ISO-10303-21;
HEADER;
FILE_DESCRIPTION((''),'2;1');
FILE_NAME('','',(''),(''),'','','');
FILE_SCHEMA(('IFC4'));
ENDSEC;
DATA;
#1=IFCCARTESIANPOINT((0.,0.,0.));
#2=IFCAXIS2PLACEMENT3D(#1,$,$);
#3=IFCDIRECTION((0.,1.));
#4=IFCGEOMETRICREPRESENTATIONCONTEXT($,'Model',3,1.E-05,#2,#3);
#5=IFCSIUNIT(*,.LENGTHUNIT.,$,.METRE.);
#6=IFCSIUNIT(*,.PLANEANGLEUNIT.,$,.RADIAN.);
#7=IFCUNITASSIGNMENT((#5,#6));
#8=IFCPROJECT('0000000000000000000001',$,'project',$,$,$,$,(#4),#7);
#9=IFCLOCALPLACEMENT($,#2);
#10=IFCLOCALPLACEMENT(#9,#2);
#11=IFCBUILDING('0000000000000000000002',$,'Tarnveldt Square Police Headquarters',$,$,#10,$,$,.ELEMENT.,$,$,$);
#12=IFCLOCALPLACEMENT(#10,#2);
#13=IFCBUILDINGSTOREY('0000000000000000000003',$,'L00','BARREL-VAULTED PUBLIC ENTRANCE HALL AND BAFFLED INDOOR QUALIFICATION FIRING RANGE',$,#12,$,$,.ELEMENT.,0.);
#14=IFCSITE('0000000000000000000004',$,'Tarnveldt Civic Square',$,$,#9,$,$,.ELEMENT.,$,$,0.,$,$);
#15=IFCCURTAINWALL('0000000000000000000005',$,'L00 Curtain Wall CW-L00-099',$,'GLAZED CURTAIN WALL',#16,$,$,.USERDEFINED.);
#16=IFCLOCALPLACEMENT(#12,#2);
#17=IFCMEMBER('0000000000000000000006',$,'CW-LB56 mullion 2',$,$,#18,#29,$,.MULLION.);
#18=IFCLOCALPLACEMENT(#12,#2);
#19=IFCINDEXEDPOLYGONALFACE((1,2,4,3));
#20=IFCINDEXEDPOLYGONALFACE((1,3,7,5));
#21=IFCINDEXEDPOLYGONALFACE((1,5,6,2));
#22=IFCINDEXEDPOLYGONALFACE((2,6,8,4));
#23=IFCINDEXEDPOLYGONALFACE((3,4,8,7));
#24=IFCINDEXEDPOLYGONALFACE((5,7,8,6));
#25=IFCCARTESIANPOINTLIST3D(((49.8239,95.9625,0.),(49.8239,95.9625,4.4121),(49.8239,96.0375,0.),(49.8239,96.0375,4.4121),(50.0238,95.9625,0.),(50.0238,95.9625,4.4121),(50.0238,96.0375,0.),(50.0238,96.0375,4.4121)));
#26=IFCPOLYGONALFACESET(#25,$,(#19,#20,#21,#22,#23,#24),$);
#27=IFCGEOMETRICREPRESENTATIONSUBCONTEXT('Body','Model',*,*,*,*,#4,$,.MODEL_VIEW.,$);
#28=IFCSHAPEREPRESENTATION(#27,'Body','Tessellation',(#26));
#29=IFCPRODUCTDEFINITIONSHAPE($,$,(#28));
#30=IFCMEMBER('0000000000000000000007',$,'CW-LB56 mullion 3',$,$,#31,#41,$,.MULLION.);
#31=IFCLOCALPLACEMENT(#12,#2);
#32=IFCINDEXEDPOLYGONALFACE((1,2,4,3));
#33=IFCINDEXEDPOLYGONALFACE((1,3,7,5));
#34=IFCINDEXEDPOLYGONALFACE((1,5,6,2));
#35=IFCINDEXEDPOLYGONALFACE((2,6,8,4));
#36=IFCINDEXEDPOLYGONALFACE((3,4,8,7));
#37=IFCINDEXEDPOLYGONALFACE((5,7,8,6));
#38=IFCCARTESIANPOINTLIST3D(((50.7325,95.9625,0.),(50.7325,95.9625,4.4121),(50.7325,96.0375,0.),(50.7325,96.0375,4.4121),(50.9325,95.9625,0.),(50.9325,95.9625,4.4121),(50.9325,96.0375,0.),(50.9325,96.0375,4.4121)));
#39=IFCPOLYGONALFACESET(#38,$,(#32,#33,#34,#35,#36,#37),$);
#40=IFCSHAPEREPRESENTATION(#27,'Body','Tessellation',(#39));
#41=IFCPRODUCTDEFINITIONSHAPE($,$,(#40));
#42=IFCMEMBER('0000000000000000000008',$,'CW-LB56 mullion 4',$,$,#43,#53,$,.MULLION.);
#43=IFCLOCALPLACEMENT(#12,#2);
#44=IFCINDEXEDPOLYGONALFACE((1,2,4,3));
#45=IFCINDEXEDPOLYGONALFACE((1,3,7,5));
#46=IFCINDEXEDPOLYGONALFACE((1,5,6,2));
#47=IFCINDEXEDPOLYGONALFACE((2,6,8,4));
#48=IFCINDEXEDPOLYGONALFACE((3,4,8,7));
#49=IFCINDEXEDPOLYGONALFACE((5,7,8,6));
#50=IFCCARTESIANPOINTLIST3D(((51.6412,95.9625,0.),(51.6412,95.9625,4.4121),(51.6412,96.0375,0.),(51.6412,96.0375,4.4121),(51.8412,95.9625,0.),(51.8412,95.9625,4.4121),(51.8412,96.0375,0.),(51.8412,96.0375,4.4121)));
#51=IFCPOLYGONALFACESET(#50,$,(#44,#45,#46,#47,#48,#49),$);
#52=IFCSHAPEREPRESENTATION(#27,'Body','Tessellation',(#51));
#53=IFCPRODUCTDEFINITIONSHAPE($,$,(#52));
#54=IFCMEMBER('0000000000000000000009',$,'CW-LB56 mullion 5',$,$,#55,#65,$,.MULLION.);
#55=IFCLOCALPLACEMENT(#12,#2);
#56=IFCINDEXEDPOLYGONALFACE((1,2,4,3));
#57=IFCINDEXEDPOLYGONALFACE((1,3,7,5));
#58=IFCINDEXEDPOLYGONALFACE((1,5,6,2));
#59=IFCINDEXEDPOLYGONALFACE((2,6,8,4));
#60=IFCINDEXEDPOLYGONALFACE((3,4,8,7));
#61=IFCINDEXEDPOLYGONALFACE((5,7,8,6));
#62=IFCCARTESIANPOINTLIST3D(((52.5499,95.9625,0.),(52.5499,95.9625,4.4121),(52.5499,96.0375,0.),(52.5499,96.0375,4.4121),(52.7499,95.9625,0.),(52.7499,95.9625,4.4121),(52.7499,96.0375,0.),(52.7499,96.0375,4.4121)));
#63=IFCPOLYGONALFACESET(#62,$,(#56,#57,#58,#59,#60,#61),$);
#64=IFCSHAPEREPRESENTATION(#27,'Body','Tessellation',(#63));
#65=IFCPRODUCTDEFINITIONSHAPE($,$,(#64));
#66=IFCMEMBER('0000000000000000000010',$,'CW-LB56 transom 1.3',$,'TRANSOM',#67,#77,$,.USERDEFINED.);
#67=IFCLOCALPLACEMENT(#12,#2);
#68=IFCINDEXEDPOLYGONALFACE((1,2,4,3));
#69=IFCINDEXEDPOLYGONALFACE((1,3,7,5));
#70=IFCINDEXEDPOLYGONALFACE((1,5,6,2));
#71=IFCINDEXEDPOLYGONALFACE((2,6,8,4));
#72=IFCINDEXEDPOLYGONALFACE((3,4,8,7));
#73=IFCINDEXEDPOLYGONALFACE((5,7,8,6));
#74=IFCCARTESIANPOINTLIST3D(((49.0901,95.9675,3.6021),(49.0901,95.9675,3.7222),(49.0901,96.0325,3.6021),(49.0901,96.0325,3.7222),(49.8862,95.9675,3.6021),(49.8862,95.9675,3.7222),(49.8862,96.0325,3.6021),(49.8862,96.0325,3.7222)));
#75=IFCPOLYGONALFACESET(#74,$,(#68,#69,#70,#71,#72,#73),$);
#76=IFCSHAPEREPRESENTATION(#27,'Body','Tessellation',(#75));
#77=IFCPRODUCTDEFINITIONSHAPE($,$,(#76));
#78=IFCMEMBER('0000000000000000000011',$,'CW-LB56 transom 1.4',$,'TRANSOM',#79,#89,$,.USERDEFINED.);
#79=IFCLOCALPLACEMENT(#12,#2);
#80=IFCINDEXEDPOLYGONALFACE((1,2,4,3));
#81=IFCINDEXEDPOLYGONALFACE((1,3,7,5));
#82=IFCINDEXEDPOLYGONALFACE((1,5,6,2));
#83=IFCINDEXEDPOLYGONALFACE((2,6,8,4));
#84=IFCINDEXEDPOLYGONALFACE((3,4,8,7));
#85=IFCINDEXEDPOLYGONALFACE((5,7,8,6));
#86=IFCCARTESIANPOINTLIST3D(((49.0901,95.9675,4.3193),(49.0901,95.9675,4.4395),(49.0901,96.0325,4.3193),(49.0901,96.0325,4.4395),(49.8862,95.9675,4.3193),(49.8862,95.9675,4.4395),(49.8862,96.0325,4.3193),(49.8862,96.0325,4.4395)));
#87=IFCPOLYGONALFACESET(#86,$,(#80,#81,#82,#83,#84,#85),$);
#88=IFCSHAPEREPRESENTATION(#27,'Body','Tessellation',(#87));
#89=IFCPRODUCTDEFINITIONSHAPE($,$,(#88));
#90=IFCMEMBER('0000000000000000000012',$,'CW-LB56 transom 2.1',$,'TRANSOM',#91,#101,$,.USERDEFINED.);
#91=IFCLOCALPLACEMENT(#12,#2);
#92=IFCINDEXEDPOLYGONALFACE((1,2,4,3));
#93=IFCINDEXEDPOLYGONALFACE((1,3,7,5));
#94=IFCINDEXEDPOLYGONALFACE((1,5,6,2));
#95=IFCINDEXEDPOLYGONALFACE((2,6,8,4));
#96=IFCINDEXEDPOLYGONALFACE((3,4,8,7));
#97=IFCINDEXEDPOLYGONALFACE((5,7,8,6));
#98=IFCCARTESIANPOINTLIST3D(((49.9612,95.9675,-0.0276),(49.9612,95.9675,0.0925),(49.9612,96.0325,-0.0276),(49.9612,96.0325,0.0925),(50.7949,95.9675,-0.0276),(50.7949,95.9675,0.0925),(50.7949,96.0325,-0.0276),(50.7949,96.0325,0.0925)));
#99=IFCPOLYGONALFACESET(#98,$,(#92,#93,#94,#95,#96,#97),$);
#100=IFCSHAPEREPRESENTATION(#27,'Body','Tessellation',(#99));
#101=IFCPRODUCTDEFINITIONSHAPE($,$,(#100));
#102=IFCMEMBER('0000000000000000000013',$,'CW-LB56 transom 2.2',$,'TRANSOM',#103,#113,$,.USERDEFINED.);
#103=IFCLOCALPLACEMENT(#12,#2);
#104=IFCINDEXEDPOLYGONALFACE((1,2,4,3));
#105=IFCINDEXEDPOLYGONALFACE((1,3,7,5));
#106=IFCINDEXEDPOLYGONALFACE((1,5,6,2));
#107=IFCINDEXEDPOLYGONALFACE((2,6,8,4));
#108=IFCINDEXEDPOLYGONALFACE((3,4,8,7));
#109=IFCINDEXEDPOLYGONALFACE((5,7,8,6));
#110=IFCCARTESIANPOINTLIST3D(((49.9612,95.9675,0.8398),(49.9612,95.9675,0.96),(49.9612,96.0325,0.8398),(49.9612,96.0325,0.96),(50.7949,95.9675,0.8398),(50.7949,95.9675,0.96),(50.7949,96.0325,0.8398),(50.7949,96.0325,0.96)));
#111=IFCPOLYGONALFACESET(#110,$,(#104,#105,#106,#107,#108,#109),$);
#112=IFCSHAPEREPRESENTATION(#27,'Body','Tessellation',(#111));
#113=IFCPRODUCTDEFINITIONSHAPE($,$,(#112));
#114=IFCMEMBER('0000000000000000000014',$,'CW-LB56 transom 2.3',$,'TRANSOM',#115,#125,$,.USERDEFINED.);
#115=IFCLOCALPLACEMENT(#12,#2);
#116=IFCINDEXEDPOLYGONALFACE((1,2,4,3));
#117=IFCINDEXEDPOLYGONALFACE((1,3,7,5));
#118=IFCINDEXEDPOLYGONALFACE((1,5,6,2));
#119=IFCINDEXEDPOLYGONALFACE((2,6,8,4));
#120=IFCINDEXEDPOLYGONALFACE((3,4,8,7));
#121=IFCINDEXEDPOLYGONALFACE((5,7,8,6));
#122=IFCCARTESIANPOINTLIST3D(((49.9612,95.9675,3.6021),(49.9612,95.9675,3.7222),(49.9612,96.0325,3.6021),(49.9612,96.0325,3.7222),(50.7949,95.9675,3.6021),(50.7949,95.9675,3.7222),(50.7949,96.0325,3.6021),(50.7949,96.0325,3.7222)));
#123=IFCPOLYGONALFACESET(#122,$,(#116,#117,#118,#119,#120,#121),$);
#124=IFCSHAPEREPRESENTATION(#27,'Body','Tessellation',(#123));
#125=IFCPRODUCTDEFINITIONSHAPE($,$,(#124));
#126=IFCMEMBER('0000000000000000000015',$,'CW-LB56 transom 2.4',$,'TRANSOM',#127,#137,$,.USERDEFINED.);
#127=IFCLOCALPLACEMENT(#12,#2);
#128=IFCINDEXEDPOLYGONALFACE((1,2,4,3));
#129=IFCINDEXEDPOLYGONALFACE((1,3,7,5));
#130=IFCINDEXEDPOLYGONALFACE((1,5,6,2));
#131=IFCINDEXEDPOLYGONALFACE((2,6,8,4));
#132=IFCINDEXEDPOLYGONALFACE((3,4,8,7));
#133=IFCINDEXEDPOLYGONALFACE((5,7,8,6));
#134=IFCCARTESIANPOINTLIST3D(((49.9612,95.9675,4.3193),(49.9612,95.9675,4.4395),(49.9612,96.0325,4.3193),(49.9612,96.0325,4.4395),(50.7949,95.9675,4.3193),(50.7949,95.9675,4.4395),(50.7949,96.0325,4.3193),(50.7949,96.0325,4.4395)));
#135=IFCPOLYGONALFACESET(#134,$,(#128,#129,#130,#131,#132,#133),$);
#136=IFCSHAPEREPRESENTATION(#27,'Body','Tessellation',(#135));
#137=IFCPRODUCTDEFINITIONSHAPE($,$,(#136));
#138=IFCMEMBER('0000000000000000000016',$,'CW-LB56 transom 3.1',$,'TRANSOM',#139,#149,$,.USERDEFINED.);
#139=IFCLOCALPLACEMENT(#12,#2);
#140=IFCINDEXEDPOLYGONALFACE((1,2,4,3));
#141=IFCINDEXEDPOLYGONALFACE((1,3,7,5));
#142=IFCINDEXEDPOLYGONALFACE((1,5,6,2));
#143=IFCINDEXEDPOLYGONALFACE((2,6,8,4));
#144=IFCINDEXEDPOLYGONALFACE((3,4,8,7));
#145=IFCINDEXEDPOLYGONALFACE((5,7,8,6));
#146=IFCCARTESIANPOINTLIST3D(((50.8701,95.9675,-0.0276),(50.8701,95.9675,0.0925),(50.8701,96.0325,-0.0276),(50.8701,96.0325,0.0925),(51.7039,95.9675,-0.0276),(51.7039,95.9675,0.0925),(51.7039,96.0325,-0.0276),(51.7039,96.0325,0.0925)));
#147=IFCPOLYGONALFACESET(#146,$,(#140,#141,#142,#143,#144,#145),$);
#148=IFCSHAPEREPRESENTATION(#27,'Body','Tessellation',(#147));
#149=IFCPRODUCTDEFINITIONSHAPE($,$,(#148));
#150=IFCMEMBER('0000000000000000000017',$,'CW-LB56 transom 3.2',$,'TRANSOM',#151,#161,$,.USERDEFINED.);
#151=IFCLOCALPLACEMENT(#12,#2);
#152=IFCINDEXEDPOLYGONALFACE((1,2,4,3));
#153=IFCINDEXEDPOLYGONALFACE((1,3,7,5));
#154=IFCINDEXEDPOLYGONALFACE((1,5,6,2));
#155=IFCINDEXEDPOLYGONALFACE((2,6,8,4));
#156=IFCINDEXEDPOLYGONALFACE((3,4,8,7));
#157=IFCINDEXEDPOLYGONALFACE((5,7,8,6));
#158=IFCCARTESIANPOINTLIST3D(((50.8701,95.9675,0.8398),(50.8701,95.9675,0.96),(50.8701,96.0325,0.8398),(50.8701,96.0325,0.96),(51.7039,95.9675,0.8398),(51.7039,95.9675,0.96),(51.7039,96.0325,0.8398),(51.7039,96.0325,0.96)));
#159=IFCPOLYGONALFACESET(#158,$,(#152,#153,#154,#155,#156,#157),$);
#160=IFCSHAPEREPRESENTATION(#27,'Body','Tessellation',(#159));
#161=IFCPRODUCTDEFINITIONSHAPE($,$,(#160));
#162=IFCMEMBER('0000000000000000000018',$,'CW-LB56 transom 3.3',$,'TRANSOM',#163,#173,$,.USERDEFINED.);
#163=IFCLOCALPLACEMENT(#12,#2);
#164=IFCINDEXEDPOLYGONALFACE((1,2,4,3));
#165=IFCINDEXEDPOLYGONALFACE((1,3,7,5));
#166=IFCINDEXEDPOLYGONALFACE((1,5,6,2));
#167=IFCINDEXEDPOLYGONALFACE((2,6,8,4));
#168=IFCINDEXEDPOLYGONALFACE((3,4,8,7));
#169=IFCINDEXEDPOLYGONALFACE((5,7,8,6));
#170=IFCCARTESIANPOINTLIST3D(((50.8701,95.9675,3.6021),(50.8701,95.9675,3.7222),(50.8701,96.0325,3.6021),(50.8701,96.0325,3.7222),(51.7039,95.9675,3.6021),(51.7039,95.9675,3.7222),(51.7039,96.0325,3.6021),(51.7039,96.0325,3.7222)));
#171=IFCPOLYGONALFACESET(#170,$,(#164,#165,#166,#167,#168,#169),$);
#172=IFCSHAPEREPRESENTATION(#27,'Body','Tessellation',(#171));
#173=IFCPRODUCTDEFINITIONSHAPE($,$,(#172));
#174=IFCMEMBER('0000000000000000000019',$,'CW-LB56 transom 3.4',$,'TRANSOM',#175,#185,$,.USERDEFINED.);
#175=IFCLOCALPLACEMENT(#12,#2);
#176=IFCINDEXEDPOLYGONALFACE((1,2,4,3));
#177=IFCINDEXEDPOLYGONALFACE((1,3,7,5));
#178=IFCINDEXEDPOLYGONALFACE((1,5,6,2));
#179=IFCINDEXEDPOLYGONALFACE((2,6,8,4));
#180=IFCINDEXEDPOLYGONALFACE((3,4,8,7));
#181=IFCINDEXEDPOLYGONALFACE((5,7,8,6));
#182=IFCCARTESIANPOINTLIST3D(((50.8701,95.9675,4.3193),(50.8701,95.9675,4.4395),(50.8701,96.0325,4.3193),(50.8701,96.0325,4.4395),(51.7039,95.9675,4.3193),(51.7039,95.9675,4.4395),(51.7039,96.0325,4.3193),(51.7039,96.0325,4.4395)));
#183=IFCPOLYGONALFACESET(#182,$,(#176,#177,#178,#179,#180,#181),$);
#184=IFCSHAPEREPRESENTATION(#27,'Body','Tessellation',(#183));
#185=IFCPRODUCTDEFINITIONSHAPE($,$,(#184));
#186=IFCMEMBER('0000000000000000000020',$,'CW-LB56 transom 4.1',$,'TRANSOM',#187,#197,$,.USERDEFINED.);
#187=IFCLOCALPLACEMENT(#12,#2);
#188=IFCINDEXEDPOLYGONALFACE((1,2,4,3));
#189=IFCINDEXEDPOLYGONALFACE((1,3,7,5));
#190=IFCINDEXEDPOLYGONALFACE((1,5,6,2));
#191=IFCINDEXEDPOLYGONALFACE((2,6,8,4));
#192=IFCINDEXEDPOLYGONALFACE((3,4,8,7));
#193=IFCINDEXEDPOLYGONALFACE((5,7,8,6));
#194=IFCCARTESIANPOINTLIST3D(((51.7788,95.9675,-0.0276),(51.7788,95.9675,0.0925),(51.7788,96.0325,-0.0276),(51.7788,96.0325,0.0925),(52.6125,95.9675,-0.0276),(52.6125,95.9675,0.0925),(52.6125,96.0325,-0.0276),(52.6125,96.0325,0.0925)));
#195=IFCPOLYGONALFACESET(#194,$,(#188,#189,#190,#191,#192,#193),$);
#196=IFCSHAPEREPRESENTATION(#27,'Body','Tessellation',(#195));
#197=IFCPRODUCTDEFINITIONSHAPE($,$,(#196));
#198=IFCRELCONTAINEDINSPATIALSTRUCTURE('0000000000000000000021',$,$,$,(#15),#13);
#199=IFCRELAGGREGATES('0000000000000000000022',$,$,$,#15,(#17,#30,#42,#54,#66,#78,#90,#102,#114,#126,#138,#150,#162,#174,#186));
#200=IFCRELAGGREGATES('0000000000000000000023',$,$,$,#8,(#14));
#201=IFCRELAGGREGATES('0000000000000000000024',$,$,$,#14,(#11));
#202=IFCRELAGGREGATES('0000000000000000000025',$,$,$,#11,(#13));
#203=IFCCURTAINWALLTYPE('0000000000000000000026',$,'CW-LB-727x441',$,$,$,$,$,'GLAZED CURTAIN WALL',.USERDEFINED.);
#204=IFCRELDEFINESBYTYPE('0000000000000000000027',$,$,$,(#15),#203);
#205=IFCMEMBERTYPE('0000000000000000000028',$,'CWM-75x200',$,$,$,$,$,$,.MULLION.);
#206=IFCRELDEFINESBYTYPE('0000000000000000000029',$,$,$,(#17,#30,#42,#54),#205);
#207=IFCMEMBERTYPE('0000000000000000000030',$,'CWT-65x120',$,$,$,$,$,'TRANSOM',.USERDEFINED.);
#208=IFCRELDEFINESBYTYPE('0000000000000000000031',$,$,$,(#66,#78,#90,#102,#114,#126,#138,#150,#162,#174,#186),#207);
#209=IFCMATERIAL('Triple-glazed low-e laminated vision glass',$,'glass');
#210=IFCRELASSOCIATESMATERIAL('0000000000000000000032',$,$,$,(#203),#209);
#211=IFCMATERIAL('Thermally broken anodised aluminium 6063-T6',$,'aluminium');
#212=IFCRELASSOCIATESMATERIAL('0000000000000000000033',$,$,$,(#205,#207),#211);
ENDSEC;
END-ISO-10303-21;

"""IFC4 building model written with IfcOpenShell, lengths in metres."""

from ifc_helpers import new_model, si_unit, direction, frame, origin, origin_2d, place, context, subcontext, project, spatial, rectangle, extrude, material, material_profile, profile_set, type_object, element, aggregate, save


model = new_model("IFC4")

# Units and contexts
model_context = context("Model", 3, precision=1e-05, world=origin(), true_north=direction((0.0, 1.0)))
body_context = subcontext(model_context, "Body", "Model", "MODEL_VIEW")
ifc_project = project(units=[si_unit("LENGTHUNIT", "METRE"), si_unit("PLANEANGLEUNIT", "RADIAN")], contexts=[model_context])

# Site, building, storey
site_placement = place(None, origin())
site = spatial("IfcSite", under=ifc_project, at=site_placement, Name="Tarnveldt Civic Square", CompositionType="ELEMENT", RefElevation=0.0)
building_placement = place(site_placement, origin())
building = spatial("IfcBuilding", under=site, at=building_placement, Name="Tarnveldt Square Police Headquarters", CompositionType="ELEMENT")
storey_placement = place(building_placement, origin())
storey = spatial("IfcBuildingStorey", under=building, at=storey_placement, Name="L00", Description="BARREL-VAULTED PUBLIC ENTRANCE HALL AND BAFFLED INDOOR QUALIFICATION FIRING RANGE", CompositionType="ELEMENT", Elevation=0.0)

# Curtain wall, members
ifc_material_1 = material(Name="Triple-glazed low-e laminated vision glass", Category="glass")
curtain_wall_type = type_object("IfcCurtainWallType", Name="CW-LB-727x441", ElementType="GLAZED CURTAIN WALL", PredefinedType="USERDEFINED", material=ifc_material_1)
curtain_wall_placement = place(storey_placement, origin())
curtain_wall = element("IfcCurtainWall", 1, at=curtain_wall_placement, inside=storey, type_object=curtain_wall_type, Name="L00 Curtain Wall CW-L00-099", ObjectType="GLAZED CURTAIN WALL", PredefinedType="USERDEFINED")
ifc_material_2 = material(Name="Thermally broken anodised aluminium 6063-T6", Category="aluminium")
ifc_material_profile_1 = material_profile(ifc_material_2, rectangle(XDim=0.075, YDim=0.2, at=origin_2d()), Name="CW-M75x200")
ifc_profile_set_1 = profile_set([ifc_material_profile_1], Name="Thermally broken anodised aluminium 6063-T6")
member_type_1 = type_object("IfcMemberType", Name="CWM-75x200", PredefinedType="MULLION", material=ifc_profile_set_1)
member_1_placement = place(storey_placement, frame((49.9238, 96.0, 0.0), z_axis=(0.0, 0.0, 1.0), x_axis=(0.0, 1.0, 0.0)))
member_1 = element("IfcMember", 2, at=member_1_placement, type_object=member_type_1, Name="CW-LB56 mullion 2", PredefinedType="MULLION", context=body_context, shape_type="SweptSolid", body=[
    extrude(rectangle(XDim=0.075, YDim=0.2, at=origin_2d()), origin(), (0.0, 0.0, 1.0), 4.4121),
])
member_2_placement = place(storey_placement, frame((50.8325, 96.0, 0.0), z_axis=(0.0, 0.0, 1.0), x_axis=(0.0, 1.0, 0.0)))
member_2 = element("IfcMember", 3, at=member_2_placement, type_object=member_type_1, Name="CW-LB56 mullion 3", PredefinedType="MULLION", context=body_context, shape_type="SweptSolid", body=[
    extrude(rectangle(XDim=0.075, YDim=0.2, at=origin_2d()), origin(), (0.0, 0.0, 1.0), 4.4121),
])
member_3_placement = place(storey_placement, frame((51.7412, 96.0, 0.0), z_axis=(0.0, 0.0, 1.0), x_axis=(0.0, 1.0, 0.0)))
member_3 = element("IfcMember", 4, at=member_3_placement, type_object=member_type_1, Name="CW-LB56 mullion 4", PredefinedType="MULLION", context=body_context, shape_type="SweptSolid", body=[
    extrude(rectangle(XDim=0.075, YDim=0.2, at=origin_2d()), origin(), (0.0, 0.0, 1.0), 4.4121),
])
member_4_placement = place(storey_placement, frame((52.6499, 96.0, 0.0), z_axis=(0.0, 0.0, 1.0), x_axis=(0.0, 1.0, 0.0)))
member_4 = element("IfcMember", 5, at=member_4_placement, type_object=member_type_1, Name="CW-LB56 mullion 5", PredefinedType="MULLION", context=body_context, shape_type="SweptSolid", body=[
    extrude(rectangle(XDim=0.075, YDim=0.2, at=origin_2d()), origin(), (0.0, 0.0, 1.0), 4.4121),
])
ifc_material_profile_2 = material_profile(ifc_material_2, rectangle(XDim=0.0649, YDim=0.1201, at=origin_2d()), Name="CW-T65x120")
ifc_profile_set_2 = profile_set([ifc_material_profile_2], Name="Thermally broken anodised aluminium 6063-T6")
member_type_2 = type_object("IfcMemberType", Name="CWT-65x120", ElementType="TRANSOM", PredefinedType="USERDEFINED", material=ifc_profile_set_2)
member_5_placement = place(storey_placement, frame((49.0901, 96.0, 3.6621), z_axis=(1.0, 0.0, 0.0), x_axis=(0.0, 1.0, 0.0)))
member_5 = element("IfcMember", 6, at=member_5_placement, type_object=member_type_2, Name="CW-LB56 transom 1.3", ObjectType="TRANSOM", PredefinedType="USERDEFINED", context=body_context, shape_type="SweptSolid", body=[
    extrude(rectangle(XDim=0.0649, YDim=0.1201, at=origin_2d()), origin(), (0.0, 0.0, 1.0), 0.7961),
])
member_6_placement = place(storey_placement, frame((49.0901, 96.0, 4.3794), z_axis=(1.0, 0.0, 0.0), x_axis=(0.0, 1.0, 0.0)))
member_6 = element("IfcMember", 7, at=member_6_placement, type_object=member_type_2, Name="CW-LB56 transom 1.4", ObjectType="TRANSOM", PredefinedType="USERDEFINED", context=body_context, shape_type="SweptSolid", body=[
    extrude(rectangle(XDim=0.0649, YDim=0.1201, at=origin_2d()), origin(), (0.0, 0.0, 1.0), 0.7961),
])
member_7_placement = place(storey_placement, frame((49.9612, 96.0, 0.0325), z_axis=(1.0, 0.0, 0.0), x_axis=(0.0, 1.0, 0.0)))
member_7 = element("IfcMember", 8, at=member_7_placement, type_object=member_type_2, Name="CW-LB56 transom 2.1", ObjectType="TRANSOM", PredefinedType="USERDEFINED", context=body_context, shape_type="SweptSolid", body=[
    extrude(rectangle(XDim=0.0649, YDim=0.1201, at=origin_2d()), origin(), (0.0, 0.0, 1.0), 0.8337),
])
member_8_placement = place(storey_placement, frame((49.9612, 96.0, 0.8999), z_axis=(1.0, 0.0, 0.0), x_axis=(0.0, 1.0, 0.0)))
member_8 = element("IfcMember", 9, at=member_8_placement, type_object=member_type_2, Name="CW-LB56 transom 2.2", ObjectType="TRANSOM", PredefinedType="USERDEFINED", context=body_context, shape_type="SweptSolid", body=[
    extrude(rectangle(XDim=0.0649, YDim=0.1201, at=origin_2d()), origin(), (0.0, 0.0, 1.0), 0.8337),
])
member_9_placement = place(storey_placement, frame((49.9612, 96.0, 3.6621), z_axis=(1.0, 0.0, 0.0), x_axis=(0.0, 1.0, 0.0)))
member_9 = element("IfcMember", 10, at=member_9_placement, type_object=member_type_2, Name="CW-LB56 transom 2.3", ObjectType="TRANSOM", PredefinedType="USERDEFINED", context=body_context, shape_type="SweptSolid", body=[
    extrude(rectangle(XDim=0.0649, YDim=0.1201, at=origin_2d()), origin(), (0.0, 0.0, 1.0), 0.8337),
])
member_10_placement = place(storey_placement, frame((49.9612, 96.0, 4.3794), z_axis=(1.0, 0.0, 0.0), x_axis=(0.0, 1.0, 0.0)))
member_10 = element("IfcMember", 11, at=member_10_placement, type_object=member_type_2, Name="CW-LB56 transom 2.4", ObjectType="TRANSOM", PredefinedType="USERDEFINED", context=body_context, shape_type="SweptSolid", body=[
    extrude(rectangle(XDim=0.0649, YDim=0.1201, at=origin_2d()), origin(), (0.0, 0.0, 1.0), 0.8337),
])
member_11_placement = place(storey_placement, frame((50.8701, 96.0, 0.0325), z_axis=(1.0, 0.0, 0.0), x_axis=(0.0, 1.0, 0.0)))
member_11 = element("IfcMember", 12, at=member_11_placement, type_object=member_type_2, Name="CW-LB56 transom 3.1", ObjectType="TRANSOM", PredefinedType="USERDEFINED", context=body_context, shape_type="SweptSolid", body=[
    extrude(rectangle(XDim=0.0649, YDim=0.1201, at=origin_2d()), origin(), (0.0, 0.0, 1.0), 0.8337),
])
member_12_placement = place(storey_placement, frame((50.8701, 96.0, 0.8999), z_axis=(1.0, 0.0, 0.0), x_axis=(0.0, 1.0, 0.0)))
member_12 = element("IfcMember", 13, at=member_12_placement, type_object=member_type_2, Name="CW-LB56 transom 3.2", ObjectType="TRANSOM", PredefinedType="USERDEFINED", context=body_context, shape_type="SweptSolid", body=[
    extrude(rectangle(XDim=0.0649, YDim=0.1201, at=origin_2d()), origin(), (0.0, 0.0, 1.0), 0.8337),
])
member_13_placement = place(storey_placement, frame((50.8701, 96.0, 3.6621), z_axis=(1.0, 0.0, 0.0), x_axis=(0.0, 1.0, 0.0)))
member_13 = element("IfcMember", 14, at=member_13_placement, type_object=member_type_2, Name="CW-LB56 transom 3.3", ObjectType="TRANSOM", PredefinedType="USERDEFINED", context=body_context, shape_type="SweptSolid", body=[
    extrude(rectangle(XDim=0.0649, YDim=0.1201, at=origin_2d()), origin(), (0.0, 0.0, 1.0), 0.8337),
])
member_14_placement = place(storey_placement, frame((50.8701, 96.0, 4.3794), z_axis=(1.0, 0.0, 0.0), x_axis=(0.0, 1.0, 0.0)))
member_14 = element("IfcMember", 15, at=member_14_placement, type_object=member_type_2, Name="CW-LB56 transom 3.4", ObjectType="TRANSOM", PredefinedType="USERDEFINED", context=body_context, shape_type="SweptSolid", body=[
    extrude(rectangle(XDim=0.0649, YDim=0.1201, at=origin_2d()), origin(), (0.0, 0.0, 1.0), 0.8337),
])
member_15_placement = place(storey_placement, frame((51.7788, 96.0, 0.0325), z_axis=(1.0, 0.0, 0.0), x_axis=(0.0, 1.0, 0.0)))
member_15 = element("IfcMember", 16, at=member_15_placement, type_object=member_type_2, Name="CW-LB56 transom 4.1", ObjectType="TRANSOM", PredefinedType="USERDEFINED", context=body_context, shape_type="SweptSolid", body=[
    extrude(rectangle(XDim=0.0649, YDim=0.1201, at=origin_2d()), origin(), (0.0, 0.0, 1.0), 0.8337),
])
aggregate(curtain_wall, [member_1, member_2, member_3, member_4, member_5, member_6, member_7, member_8, member_9, member_10, member_11, member_12, member_13, member_14, member_15])

save(model, "model.ifc")
